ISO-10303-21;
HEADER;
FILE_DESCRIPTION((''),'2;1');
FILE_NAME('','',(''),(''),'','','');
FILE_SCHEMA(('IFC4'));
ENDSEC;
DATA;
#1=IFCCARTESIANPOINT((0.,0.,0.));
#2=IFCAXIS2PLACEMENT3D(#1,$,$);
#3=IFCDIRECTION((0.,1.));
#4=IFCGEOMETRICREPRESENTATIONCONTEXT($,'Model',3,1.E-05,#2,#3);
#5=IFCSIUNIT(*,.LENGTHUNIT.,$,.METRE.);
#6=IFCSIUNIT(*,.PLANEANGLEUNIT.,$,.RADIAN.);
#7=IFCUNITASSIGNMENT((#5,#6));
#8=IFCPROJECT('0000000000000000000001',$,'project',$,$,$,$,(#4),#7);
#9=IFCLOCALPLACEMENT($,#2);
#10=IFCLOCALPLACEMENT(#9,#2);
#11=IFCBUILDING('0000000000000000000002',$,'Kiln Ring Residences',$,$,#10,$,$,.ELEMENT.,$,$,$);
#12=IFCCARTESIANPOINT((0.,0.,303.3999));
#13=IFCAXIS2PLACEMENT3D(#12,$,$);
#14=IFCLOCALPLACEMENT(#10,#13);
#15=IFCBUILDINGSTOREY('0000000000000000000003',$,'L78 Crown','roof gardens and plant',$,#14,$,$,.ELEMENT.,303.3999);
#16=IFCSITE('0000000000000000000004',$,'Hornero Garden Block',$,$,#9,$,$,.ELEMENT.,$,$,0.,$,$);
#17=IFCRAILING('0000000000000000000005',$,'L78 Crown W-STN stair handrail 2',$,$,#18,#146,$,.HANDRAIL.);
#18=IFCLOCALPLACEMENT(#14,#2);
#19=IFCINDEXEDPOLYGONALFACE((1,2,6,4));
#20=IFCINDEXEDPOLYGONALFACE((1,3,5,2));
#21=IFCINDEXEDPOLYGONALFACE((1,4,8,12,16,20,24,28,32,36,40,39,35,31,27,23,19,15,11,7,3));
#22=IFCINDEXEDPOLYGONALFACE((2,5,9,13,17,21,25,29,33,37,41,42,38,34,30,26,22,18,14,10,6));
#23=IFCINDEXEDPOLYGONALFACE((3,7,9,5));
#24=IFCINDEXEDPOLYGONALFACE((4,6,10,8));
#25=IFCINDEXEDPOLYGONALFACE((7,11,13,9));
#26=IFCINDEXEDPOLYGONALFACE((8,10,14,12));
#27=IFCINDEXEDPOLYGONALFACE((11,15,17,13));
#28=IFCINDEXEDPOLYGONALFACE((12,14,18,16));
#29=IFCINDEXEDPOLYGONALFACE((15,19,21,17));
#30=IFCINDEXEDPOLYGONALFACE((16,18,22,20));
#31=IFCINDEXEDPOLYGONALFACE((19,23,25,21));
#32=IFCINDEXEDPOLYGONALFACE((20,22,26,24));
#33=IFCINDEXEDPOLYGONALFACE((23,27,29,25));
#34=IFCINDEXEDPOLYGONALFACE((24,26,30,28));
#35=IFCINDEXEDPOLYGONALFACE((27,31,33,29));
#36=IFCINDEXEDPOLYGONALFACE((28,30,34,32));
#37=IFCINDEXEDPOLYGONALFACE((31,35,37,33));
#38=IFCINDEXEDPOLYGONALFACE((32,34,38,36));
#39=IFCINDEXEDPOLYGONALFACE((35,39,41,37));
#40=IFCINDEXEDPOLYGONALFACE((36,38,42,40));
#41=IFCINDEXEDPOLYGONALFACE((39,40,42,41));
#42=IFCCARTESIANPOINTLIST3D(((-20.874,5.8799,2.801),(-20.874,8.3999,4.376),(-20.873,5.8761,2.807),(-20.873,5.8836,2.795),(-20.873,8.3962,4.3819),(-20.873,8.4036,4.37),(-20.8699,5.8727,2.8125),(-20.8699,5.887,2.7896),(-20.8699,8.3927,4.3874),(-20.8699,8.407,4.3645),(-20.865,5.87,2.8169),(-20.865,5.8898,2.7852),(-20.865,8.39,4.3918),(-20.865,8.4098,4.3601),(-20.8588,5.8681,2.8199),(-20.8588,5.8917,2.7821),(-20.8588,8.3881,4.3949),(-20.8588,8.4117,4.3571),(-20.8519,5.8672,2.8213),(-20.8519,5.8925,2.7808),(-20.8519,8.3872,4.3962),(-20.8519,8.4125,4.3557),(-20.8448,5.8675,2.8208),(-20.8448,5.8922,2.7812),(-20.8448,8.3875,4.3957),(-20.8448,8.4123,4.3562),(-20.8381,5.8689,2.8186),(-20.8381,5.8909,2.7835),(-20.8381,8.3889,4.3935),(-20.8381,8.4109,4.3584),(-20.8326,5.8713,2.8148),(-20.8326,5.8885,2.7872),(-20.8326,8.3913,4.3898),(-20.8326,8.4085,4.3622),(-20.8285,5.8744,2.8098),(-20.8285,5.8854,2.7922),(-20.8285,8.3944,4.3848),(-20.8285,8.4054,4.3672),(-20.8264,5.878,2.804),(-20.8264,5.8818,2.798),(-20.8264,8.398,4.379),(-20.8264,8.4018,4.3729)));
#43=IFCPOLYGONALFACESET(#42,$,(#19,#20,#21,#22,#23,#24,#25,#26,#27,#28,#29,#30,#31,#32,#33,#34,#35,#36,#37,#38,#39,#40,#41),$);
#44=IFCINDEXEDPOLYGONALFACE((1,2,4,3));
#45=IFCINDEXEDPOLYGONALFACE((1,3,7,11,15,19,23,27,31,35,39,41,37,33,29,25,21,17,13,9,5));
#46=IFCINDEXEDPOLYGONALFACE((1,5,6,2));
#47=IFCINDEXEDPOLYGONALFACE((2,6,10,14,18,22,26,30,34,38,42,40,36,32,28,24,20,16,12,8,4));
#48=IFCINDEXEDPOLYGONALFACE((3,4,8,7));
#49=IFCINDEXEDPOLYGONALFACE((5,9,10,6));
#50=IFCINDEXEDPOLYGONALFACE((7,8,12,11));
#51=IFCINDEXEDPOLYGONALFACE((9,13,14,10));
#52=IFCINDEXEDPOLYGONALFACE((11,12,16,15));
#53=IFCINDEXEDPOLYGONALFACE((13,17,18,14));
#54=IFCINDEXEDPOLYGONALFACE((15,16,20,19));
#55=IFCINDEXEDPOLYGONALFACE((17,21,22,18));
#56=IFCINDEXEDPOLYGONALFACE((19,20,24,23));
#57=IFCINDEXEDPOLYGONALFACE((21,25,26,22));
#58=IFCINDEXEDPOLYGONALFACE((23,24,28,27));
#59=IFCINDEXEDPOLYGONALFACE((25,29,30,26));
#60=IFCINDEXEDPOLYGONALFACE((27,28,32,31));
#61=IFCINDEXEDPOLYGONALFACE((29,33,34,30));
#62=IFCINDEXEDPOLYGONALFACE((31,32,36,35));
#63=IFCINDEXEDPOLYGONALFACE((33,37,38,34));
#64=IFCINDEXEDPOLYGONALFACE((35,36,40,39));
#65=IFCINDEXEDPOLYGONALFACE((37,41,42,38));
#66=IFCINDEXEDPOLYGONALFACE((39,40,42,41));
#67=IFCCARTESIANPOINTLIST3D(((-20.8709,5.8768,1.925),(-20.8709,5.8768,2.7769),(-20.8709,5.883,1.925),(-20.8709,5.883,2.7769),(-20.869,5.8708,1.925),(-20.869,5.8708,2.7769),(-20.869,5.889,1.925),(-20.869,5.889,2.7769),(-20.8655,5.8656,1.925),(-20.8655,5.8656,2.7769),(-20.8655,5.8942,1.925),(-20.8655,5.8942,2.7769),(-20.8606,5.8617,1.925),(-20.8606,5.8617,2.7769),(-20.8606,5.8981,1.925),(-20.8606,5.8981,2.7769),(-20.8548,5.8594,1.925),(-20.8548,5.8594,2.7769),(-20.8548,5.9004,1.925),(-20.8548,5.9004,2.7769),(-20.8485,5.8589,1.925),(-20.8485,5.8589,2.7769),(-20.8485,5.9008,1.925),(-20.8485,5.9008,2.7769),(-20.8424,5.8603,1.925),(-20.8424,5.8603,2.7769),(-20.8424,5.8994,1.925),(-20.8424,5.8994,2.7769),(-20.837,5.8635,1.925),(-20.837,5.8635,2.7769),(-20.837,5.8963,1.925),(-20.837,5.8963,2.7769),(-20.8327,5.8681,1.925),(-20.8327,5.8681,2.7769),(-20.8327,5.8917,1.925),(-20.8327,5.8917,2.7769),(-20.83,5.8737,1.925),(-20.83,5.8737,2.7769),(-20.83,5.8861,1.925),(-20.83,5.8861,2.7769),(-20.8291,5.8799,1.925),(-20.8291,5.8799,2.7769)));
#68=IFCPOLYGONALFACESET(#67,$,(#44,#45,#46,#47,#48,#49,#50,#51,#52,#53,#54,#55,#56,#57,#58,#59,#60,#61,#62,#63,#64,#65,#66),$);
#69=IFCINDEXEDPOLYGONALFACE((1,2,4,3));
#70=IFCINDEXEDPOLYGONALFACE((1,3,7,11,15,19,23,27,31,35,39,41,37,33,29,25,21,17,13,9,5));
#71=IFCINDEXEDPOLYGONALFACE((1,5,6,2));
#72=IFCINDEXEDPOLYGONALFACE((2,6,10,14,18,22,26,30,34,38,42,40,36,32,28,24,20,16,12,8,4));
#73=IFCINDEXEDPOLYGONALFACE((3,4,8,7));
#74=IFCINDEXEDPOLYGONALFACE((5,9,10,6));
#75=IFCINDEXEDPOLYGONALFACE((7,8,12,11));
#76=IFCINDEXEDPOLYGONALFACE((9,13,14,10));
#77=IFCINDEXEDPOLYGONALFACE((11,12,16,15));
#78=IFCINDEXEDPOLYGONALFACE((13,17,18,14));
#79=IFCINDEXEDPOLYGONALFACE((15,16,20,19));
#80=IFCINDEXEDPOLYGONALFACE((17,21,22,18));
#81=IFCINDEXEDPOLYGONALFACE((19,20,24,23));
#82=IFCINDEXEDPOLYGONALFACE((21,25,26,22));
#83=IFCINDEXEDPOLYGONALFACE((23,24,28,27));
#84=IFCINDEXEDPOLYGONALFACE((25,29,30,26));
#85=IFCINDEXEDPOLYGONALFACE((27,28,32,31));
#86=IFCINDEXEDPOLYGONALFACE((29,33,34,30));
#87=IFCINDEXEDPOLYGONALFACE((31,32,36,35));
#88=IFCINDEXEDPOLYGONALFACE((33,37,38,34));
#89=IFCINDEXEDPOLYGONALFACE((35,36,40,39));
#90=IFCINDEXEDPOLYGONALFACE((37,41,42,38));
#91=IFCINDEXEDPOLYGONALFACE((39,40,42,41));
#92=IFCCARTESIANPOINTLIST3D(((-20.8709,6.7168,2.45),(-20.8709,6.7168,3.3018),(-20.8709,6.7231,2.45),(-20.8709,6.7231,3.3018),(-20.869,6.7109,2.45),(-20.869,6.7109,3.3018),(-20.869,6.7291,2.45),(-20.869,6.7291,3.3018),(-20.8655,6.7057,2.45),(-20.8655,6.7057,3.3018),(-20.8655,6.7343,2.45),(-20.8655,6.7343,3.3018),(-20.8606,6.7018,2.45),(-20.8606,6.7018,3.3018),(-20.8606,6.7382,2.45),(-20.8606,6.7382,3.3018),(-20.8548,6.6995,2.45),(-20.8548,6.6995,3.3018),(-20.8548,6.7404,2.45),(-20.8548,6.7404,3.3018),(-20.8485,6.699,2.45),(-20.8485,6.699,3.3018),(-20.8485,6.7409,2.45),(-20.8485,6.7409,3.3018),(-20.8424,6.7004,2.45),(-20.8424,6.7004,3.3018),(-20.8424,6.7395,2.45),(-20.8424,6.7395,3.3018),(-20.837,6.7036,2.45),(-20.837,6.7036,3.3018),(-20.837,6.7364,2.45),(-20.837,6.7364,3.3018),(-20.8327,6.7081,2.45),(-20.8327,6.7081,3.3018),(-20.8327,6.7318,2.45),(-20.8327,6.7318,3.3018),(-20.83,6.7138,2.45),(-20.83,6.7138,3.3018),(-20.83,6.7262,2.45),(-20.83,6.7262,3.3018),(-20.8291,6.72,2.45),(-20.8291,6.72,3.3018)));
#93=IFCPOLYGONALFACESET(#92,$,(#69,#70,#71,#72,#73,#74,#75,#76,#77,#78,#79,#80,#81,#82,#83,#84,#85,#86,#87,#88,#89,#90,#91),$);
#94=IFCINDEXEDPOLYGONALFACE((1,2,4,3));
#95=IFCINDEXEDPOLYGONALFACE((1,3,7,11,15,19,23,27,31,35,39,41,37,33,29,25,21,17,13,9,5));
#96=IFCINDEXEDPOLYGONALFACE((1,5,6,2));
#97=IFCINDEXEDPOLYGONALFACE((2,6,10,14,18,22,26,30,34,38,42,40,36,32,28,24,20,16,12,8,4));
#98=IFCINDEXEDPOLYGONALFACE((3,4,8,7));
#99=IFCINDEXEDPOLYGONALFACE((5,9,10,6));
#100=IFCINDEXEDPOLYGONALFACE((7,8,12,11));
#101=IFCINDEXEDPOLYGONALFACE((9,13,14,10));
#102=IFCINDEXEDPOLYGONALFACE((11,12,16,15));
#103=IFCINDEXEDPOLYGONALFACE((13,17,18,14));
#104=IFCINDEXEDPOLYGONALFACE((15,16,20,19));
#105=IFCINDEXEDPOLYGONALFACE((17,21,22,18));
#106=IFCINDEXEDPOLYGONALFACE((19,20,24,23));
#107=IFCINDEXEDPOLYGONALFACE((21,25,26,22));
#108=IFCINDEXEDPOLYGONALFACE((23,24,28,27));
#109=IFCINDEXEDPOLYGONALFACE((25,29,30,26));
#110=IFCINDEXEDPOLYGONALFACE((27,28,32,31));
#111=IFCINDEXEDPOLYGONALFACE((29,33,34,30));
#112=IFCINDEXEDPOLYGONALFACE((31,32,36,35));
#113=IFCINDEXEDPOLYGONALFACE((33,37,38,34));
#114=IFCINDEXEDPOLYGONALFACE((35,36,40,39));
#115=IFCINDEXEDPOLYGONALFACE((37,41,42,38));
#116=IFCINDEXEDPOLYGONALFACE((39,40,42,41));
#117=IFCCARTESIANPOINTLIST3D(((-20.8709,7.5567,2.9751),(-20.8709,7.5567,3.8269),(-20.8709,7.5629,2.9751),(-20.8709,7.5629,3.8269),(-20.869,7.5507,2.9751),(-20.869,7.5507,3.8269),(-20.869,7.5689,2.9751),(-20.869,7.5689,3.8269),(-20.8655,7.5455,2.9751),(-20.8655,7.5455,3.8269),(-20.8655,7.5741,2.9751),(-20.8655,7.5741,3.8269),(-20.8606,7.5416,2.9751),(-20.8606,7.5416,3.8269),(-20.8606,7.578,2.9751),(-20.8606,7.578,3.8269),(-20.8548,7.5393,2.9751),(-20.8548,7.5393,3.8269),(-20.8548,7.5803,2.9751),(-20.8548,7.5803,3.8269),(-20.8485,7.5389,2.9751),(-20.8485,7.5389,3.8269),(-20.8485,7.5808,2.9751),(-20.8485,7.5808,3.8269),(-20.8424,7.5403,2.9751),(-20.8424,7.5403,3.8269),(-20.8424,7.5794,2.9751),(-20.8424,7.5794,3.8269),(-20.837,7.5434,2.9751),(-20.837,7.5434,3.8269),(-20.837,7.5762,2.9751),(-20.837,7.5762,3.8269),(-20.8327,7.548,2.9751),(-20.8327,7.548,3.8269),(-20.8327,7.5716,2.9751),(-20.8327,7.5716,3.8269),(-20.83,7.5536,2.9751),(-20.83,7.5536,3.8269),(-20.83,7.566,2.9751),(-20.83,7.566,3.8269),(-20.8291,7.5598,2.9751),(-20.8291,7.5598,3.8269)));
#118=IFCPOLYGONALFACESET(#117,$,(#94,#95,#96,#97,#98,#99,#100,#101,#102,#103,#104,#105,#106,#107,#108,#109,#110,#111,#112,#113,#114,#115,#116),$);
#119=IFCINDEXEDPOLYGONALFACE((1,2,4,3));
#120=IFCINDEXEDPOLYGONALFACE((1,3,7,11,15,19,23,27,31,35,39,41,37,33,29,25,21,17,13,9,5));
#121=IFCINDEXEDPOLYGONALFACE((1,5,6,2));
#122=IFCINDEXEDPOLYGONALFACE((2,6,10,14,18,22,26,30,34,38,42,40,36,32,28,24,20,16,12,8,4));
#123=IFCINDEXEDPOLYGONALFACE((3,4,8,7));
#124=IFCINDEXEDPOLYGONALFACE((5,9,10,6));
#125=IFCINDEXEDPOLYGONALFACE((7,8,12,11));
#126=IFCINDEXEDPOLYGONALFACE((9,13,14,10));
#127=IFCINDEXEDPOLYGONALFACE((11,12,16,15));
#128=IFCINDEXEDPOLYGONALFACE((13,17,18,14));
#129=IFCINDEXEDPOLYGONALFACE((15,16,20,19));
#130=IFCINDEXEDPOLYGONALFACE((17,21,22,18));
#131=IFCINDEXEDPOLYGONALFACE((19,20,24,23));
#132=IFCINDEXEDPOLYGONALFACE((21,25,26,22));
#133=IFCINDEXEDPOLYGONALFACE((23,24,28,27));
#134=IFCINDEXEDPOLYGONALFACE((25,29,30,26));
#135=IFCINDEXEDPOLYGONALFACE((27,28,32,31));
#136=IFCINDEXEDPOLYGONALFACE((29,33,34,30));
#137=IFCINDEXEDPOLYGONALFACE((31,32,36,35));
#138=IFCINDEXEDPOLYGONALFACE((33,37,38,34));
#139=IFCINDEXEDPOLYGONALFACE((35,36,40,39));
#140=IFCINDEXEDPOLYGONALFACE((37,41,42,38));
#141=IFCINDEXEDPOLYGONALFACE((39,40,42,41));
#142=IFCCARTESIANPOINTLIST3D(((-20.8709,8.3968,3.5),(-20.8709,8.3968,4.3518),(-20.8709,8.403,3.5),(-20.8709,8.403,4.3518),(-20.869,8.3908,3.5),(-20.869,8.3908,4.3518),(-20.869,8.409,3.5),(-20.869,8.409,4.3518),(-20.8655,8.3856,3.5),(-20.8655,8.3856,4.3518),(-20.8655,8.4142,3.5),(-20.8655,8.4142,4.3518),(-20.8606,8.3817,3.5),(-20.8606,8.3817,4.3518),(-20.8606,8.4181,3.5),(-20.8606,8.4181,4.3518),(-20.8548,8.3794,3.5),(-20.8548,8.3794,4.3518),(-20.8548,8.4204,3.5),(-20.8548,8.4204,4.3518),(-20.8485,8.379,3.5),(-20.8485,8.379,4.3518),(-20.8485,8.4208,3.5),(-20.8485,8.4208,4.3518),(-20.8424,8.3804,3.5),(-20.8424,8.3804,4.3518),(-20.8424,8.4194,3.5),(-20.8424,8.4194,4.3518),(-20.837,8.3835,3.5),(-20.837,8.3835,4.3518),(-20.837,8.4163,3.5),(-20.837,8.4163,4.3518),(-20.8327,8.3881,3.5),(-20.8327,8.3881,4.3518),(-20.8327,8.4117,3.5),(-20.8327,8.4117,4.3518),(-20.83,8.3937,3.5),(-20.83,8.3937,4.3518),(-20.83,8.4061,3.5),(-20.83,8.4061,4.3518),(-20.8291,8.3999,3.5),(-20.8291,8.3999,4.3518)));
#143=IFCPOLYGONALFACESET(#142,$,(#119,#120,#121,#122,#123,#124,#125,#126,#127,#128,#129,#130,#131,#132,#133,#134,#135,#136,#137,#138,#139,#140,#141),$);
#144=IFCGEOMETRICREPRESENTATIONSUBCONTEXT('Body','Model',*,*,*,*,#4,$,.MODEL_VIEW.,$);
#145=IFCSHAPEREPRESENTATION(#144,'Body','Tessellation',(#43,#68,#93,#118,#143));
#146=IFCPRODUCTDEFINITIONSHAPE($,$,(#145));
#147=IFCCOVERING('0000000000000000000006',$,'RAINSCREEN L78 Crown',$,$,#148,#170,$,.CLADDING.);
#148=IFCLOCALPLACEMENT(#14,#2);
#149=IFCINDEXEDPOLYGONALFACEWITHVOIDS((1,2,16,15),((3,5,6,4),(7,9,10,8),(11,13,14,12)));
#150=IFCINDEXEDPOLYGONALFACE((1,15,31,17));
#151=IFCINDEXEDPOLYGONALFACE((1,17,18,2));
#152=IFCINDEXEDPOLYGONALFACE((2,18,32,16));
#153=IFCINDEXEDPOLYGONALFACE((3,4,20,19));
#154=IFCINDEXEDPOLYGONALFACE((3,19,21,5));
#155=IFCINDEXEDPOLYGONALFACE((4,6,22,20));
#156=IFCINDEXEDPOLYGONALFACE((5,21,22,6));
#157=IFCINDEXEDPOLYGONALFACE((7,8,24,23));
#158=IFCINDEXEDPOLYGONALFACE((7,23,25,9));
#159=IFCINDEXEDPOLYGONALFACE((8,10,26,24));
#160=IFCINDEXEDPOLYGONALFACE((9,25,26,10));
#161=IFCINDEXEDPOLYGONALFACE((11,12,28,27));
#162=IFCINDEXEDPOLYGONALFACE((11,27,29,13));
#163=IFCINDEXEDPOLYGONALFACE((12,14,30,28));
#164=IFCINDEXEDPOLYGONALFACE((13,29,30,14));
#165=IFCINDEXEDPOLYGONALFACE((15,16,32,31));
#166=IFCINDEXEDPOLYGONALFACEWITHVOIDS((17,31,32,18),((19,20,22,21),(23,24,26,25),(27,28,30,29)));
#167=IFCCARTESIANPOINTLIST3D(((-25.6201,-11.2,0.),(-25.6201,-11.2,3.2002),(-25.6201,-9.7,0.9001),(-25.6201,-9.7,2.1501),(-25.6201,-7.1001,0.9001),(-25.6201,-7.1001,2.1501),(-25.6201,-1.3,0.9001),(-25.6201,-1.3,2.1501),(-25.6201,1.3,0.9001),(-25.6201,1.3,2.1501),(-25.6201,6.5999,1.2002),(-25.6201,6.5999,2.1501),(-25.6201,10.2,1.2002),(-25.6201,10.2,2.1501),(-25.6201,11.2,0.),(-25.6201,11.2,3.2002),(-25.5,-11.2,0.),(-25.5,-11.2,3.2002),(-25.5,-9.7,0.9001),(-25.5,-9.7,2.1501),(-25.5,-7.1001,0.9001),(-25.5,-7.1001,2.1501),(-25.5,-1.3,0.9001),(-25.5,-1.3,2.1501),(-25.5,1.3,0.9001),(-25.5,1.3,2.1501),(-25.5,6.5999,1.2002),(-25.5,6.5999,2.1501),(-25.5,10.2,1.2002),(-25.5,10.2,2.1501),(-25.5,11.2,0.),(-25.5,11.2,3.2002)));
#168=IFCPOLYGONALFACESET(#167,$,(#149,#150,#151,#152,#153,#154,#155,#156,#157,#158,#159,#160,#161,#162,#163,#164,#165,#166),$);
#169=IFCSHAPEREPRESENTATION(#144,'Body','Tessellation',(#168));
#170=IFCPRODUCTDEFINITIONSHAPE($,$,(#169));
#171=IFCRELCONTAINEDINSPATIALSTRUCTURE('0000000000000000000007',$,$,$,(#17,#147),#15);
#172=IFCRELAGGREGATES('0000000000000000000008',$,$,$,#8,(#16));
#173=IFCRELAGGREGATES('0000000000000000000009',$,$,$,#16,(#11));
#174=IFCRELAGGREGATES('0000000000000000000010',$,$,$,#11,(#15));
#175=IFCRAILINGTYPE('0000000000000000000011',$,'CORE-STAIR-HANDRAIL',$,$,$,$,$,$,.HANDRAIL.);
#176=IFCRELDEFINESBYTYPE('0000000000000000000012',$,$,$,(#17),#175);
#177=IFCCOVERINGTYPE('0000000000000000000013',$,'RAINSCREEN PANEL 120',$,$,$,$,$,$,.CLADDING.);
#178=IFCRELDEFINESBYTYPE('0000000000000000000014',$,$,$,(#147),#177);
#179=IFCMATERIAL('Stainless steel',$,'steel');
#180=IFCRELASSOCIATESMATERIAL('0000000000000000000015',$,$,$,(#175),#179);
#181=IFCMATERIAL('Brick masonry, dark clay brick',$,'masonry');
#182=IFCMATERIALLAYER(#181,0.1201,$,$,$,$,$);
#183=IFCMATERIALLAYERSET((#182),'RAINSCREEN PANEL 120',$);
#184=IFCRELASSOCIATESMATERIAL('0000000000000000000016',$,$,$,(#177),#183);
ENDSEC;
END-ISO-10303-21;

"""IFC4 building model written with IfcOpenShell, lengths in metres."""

from ifc_helpers import new_model, si_unit, direction, frame, origin, origin_2d, place, context, subcontext, project, spatial, polyline, circle, outline, extrude, material, layer, layer_set, type_object, element, save


model = new_model("IFC4")

# Units and contexts
model_context = context("Model", 3, precision=1e-05, world=origin(), true_north=direction((0.0, 1.0)))
body_context = subcontext(model_context, "Body", "Model", "MODEL_VIEW")
ifc_project = project(units=[si_unit("LENGTHUNIT", "METRE"), si_unit("PLANEANGLEUNIT", "RADIAN")], contexts=[model_context])

# Site, building, storey
site_placement = place(None, origin())
site = spatial("IfcSite", under=ifc_project, at=site_placement, Name="Hornero Garden Block", CompositionType="ELEMENT", RefElevation=0.0)
building_placement = place(site_placement, origin())
building = spatial("IfcBuilding", under=site, at=building_placement, Name="Kiln Ring Residences", CompositionType="ELEMENT")
storey_placement = place(building_placement, frame((0.0, 0.0, 303.3999)))
storey = spatial("IfcBuildingStorey", under=building, at=storey_placement, Name="L78 Crown", Description="roof gardens and plant", CompositionType="ELEMENT", Elevation=303.3999)

# Railing
ifc_material_1 = material(Name="Stainless steel", Category="steel")
railing_type_1 = type_object("IfcRailingType", Name="CORE-STAIR-HANDRAIL", PredefinedType="HANDRAIL", material=ifc_material_1)
railing_1_placement = place(storey_placement, frame((-20.8501, 5.8799, 1.925)))
element("IfcRailing", 1, at=railing_1_placement, inside=storey, type_object=railing_type_1, Name="L78 Crown W-STN stair handrail 2", PredefinedType="HANDRAIL", context=body_context, shape_type="SweptSolid", body=[
    extrude(circle(Radius=0.0239, at=origin_2d()), frame((0.0, 0.0, 0.876), z_axis=(0.0, 0.848008, 0.529984), x_axis=(-1.0, 0.0, 0.0)), (0.0, 0.0, 1.0), 2.9717),
    extrude(circle(Radius=0.021, at=origin_2d()), origin(), (0.0, 0.0, 1.0), 0.8518),
    extrude(circle(Radius=0.021, at=origin_2d()), frame((0.0, 0.8401, 0.5249)), (0.0, 0.0, 1.0), 0.8518),
    extrude(circle(Radius=0.021, at=origin_2d()), frame((0.0, 1.6799, 1.05)), (0.0, 0.0, 1.0), 0.8518),
    extrude(circle(Radius=0.021, at=origin_2d()), frame((0.0, 2.52, 1.575)), (0.0, 0.0, 1.0), 0.8518),
])

# Covering
ifc_material_2 = material(Name="Brick masonry, dark clay brick", Category="masonry")
ifc_layer_1 = layer(ifc_material_2, 0.1201)
ifc_layer_set_1 = layer_set([ifc_layer_1], Name="RAINSCREEN PANEL 120")
covering_type = type_object("IfcCoveringType", Name="RAINSCREEN PANEL 120", PredefinedType="CLADDING", material=ifc_layer_set_1)
covering_placement = place(storey_placement, frame((-25.5601, 11.2, 0.0), z_axis=(0.0, 0.0, 1.0), x_axis=(0.0, -1.0, 0.0)))
element("IfcCovering", 2, at=covering_placement, inside=storey, type_object=covering_type, Name="RAINSCREEN L78 Crown", PredefinedType="CLADDING", context=body_context, shape_type="SweptSolid", body=[
    extrude(outline(polyline([(0.0, 0.0), (22.3999, 0.0), (22.3999, 3.2002), (0.0, 3.2002), (0.0, 0.0)]), holes=[polyline([(12.5, 2.1501), (9.8999, 2.1501), (9.8999, 0.9001), (12.5, 0.9001), (12.5, 2.1501)]), polyline([(20.8999, 0.9001), (20.8999, 2.1501), (18.3, 2.1501), (18.3, 0.9001), (20.8999, 0.9001)]), polyline([(4.6001, 1.2002), (4.6001, 2.1501), (1.0, 2.1501), (1.0, 1.2002), (4.6001, 1.2002)])]), frame((0.0, 0.0601, 0.0), z_axis=(0.0, -1.0, 0.0), x_axis=(1.0, 0.0, 0.0)), (0.0, 0.0, 1.0), 0.1201),
])

save(model, "model.ifc")
